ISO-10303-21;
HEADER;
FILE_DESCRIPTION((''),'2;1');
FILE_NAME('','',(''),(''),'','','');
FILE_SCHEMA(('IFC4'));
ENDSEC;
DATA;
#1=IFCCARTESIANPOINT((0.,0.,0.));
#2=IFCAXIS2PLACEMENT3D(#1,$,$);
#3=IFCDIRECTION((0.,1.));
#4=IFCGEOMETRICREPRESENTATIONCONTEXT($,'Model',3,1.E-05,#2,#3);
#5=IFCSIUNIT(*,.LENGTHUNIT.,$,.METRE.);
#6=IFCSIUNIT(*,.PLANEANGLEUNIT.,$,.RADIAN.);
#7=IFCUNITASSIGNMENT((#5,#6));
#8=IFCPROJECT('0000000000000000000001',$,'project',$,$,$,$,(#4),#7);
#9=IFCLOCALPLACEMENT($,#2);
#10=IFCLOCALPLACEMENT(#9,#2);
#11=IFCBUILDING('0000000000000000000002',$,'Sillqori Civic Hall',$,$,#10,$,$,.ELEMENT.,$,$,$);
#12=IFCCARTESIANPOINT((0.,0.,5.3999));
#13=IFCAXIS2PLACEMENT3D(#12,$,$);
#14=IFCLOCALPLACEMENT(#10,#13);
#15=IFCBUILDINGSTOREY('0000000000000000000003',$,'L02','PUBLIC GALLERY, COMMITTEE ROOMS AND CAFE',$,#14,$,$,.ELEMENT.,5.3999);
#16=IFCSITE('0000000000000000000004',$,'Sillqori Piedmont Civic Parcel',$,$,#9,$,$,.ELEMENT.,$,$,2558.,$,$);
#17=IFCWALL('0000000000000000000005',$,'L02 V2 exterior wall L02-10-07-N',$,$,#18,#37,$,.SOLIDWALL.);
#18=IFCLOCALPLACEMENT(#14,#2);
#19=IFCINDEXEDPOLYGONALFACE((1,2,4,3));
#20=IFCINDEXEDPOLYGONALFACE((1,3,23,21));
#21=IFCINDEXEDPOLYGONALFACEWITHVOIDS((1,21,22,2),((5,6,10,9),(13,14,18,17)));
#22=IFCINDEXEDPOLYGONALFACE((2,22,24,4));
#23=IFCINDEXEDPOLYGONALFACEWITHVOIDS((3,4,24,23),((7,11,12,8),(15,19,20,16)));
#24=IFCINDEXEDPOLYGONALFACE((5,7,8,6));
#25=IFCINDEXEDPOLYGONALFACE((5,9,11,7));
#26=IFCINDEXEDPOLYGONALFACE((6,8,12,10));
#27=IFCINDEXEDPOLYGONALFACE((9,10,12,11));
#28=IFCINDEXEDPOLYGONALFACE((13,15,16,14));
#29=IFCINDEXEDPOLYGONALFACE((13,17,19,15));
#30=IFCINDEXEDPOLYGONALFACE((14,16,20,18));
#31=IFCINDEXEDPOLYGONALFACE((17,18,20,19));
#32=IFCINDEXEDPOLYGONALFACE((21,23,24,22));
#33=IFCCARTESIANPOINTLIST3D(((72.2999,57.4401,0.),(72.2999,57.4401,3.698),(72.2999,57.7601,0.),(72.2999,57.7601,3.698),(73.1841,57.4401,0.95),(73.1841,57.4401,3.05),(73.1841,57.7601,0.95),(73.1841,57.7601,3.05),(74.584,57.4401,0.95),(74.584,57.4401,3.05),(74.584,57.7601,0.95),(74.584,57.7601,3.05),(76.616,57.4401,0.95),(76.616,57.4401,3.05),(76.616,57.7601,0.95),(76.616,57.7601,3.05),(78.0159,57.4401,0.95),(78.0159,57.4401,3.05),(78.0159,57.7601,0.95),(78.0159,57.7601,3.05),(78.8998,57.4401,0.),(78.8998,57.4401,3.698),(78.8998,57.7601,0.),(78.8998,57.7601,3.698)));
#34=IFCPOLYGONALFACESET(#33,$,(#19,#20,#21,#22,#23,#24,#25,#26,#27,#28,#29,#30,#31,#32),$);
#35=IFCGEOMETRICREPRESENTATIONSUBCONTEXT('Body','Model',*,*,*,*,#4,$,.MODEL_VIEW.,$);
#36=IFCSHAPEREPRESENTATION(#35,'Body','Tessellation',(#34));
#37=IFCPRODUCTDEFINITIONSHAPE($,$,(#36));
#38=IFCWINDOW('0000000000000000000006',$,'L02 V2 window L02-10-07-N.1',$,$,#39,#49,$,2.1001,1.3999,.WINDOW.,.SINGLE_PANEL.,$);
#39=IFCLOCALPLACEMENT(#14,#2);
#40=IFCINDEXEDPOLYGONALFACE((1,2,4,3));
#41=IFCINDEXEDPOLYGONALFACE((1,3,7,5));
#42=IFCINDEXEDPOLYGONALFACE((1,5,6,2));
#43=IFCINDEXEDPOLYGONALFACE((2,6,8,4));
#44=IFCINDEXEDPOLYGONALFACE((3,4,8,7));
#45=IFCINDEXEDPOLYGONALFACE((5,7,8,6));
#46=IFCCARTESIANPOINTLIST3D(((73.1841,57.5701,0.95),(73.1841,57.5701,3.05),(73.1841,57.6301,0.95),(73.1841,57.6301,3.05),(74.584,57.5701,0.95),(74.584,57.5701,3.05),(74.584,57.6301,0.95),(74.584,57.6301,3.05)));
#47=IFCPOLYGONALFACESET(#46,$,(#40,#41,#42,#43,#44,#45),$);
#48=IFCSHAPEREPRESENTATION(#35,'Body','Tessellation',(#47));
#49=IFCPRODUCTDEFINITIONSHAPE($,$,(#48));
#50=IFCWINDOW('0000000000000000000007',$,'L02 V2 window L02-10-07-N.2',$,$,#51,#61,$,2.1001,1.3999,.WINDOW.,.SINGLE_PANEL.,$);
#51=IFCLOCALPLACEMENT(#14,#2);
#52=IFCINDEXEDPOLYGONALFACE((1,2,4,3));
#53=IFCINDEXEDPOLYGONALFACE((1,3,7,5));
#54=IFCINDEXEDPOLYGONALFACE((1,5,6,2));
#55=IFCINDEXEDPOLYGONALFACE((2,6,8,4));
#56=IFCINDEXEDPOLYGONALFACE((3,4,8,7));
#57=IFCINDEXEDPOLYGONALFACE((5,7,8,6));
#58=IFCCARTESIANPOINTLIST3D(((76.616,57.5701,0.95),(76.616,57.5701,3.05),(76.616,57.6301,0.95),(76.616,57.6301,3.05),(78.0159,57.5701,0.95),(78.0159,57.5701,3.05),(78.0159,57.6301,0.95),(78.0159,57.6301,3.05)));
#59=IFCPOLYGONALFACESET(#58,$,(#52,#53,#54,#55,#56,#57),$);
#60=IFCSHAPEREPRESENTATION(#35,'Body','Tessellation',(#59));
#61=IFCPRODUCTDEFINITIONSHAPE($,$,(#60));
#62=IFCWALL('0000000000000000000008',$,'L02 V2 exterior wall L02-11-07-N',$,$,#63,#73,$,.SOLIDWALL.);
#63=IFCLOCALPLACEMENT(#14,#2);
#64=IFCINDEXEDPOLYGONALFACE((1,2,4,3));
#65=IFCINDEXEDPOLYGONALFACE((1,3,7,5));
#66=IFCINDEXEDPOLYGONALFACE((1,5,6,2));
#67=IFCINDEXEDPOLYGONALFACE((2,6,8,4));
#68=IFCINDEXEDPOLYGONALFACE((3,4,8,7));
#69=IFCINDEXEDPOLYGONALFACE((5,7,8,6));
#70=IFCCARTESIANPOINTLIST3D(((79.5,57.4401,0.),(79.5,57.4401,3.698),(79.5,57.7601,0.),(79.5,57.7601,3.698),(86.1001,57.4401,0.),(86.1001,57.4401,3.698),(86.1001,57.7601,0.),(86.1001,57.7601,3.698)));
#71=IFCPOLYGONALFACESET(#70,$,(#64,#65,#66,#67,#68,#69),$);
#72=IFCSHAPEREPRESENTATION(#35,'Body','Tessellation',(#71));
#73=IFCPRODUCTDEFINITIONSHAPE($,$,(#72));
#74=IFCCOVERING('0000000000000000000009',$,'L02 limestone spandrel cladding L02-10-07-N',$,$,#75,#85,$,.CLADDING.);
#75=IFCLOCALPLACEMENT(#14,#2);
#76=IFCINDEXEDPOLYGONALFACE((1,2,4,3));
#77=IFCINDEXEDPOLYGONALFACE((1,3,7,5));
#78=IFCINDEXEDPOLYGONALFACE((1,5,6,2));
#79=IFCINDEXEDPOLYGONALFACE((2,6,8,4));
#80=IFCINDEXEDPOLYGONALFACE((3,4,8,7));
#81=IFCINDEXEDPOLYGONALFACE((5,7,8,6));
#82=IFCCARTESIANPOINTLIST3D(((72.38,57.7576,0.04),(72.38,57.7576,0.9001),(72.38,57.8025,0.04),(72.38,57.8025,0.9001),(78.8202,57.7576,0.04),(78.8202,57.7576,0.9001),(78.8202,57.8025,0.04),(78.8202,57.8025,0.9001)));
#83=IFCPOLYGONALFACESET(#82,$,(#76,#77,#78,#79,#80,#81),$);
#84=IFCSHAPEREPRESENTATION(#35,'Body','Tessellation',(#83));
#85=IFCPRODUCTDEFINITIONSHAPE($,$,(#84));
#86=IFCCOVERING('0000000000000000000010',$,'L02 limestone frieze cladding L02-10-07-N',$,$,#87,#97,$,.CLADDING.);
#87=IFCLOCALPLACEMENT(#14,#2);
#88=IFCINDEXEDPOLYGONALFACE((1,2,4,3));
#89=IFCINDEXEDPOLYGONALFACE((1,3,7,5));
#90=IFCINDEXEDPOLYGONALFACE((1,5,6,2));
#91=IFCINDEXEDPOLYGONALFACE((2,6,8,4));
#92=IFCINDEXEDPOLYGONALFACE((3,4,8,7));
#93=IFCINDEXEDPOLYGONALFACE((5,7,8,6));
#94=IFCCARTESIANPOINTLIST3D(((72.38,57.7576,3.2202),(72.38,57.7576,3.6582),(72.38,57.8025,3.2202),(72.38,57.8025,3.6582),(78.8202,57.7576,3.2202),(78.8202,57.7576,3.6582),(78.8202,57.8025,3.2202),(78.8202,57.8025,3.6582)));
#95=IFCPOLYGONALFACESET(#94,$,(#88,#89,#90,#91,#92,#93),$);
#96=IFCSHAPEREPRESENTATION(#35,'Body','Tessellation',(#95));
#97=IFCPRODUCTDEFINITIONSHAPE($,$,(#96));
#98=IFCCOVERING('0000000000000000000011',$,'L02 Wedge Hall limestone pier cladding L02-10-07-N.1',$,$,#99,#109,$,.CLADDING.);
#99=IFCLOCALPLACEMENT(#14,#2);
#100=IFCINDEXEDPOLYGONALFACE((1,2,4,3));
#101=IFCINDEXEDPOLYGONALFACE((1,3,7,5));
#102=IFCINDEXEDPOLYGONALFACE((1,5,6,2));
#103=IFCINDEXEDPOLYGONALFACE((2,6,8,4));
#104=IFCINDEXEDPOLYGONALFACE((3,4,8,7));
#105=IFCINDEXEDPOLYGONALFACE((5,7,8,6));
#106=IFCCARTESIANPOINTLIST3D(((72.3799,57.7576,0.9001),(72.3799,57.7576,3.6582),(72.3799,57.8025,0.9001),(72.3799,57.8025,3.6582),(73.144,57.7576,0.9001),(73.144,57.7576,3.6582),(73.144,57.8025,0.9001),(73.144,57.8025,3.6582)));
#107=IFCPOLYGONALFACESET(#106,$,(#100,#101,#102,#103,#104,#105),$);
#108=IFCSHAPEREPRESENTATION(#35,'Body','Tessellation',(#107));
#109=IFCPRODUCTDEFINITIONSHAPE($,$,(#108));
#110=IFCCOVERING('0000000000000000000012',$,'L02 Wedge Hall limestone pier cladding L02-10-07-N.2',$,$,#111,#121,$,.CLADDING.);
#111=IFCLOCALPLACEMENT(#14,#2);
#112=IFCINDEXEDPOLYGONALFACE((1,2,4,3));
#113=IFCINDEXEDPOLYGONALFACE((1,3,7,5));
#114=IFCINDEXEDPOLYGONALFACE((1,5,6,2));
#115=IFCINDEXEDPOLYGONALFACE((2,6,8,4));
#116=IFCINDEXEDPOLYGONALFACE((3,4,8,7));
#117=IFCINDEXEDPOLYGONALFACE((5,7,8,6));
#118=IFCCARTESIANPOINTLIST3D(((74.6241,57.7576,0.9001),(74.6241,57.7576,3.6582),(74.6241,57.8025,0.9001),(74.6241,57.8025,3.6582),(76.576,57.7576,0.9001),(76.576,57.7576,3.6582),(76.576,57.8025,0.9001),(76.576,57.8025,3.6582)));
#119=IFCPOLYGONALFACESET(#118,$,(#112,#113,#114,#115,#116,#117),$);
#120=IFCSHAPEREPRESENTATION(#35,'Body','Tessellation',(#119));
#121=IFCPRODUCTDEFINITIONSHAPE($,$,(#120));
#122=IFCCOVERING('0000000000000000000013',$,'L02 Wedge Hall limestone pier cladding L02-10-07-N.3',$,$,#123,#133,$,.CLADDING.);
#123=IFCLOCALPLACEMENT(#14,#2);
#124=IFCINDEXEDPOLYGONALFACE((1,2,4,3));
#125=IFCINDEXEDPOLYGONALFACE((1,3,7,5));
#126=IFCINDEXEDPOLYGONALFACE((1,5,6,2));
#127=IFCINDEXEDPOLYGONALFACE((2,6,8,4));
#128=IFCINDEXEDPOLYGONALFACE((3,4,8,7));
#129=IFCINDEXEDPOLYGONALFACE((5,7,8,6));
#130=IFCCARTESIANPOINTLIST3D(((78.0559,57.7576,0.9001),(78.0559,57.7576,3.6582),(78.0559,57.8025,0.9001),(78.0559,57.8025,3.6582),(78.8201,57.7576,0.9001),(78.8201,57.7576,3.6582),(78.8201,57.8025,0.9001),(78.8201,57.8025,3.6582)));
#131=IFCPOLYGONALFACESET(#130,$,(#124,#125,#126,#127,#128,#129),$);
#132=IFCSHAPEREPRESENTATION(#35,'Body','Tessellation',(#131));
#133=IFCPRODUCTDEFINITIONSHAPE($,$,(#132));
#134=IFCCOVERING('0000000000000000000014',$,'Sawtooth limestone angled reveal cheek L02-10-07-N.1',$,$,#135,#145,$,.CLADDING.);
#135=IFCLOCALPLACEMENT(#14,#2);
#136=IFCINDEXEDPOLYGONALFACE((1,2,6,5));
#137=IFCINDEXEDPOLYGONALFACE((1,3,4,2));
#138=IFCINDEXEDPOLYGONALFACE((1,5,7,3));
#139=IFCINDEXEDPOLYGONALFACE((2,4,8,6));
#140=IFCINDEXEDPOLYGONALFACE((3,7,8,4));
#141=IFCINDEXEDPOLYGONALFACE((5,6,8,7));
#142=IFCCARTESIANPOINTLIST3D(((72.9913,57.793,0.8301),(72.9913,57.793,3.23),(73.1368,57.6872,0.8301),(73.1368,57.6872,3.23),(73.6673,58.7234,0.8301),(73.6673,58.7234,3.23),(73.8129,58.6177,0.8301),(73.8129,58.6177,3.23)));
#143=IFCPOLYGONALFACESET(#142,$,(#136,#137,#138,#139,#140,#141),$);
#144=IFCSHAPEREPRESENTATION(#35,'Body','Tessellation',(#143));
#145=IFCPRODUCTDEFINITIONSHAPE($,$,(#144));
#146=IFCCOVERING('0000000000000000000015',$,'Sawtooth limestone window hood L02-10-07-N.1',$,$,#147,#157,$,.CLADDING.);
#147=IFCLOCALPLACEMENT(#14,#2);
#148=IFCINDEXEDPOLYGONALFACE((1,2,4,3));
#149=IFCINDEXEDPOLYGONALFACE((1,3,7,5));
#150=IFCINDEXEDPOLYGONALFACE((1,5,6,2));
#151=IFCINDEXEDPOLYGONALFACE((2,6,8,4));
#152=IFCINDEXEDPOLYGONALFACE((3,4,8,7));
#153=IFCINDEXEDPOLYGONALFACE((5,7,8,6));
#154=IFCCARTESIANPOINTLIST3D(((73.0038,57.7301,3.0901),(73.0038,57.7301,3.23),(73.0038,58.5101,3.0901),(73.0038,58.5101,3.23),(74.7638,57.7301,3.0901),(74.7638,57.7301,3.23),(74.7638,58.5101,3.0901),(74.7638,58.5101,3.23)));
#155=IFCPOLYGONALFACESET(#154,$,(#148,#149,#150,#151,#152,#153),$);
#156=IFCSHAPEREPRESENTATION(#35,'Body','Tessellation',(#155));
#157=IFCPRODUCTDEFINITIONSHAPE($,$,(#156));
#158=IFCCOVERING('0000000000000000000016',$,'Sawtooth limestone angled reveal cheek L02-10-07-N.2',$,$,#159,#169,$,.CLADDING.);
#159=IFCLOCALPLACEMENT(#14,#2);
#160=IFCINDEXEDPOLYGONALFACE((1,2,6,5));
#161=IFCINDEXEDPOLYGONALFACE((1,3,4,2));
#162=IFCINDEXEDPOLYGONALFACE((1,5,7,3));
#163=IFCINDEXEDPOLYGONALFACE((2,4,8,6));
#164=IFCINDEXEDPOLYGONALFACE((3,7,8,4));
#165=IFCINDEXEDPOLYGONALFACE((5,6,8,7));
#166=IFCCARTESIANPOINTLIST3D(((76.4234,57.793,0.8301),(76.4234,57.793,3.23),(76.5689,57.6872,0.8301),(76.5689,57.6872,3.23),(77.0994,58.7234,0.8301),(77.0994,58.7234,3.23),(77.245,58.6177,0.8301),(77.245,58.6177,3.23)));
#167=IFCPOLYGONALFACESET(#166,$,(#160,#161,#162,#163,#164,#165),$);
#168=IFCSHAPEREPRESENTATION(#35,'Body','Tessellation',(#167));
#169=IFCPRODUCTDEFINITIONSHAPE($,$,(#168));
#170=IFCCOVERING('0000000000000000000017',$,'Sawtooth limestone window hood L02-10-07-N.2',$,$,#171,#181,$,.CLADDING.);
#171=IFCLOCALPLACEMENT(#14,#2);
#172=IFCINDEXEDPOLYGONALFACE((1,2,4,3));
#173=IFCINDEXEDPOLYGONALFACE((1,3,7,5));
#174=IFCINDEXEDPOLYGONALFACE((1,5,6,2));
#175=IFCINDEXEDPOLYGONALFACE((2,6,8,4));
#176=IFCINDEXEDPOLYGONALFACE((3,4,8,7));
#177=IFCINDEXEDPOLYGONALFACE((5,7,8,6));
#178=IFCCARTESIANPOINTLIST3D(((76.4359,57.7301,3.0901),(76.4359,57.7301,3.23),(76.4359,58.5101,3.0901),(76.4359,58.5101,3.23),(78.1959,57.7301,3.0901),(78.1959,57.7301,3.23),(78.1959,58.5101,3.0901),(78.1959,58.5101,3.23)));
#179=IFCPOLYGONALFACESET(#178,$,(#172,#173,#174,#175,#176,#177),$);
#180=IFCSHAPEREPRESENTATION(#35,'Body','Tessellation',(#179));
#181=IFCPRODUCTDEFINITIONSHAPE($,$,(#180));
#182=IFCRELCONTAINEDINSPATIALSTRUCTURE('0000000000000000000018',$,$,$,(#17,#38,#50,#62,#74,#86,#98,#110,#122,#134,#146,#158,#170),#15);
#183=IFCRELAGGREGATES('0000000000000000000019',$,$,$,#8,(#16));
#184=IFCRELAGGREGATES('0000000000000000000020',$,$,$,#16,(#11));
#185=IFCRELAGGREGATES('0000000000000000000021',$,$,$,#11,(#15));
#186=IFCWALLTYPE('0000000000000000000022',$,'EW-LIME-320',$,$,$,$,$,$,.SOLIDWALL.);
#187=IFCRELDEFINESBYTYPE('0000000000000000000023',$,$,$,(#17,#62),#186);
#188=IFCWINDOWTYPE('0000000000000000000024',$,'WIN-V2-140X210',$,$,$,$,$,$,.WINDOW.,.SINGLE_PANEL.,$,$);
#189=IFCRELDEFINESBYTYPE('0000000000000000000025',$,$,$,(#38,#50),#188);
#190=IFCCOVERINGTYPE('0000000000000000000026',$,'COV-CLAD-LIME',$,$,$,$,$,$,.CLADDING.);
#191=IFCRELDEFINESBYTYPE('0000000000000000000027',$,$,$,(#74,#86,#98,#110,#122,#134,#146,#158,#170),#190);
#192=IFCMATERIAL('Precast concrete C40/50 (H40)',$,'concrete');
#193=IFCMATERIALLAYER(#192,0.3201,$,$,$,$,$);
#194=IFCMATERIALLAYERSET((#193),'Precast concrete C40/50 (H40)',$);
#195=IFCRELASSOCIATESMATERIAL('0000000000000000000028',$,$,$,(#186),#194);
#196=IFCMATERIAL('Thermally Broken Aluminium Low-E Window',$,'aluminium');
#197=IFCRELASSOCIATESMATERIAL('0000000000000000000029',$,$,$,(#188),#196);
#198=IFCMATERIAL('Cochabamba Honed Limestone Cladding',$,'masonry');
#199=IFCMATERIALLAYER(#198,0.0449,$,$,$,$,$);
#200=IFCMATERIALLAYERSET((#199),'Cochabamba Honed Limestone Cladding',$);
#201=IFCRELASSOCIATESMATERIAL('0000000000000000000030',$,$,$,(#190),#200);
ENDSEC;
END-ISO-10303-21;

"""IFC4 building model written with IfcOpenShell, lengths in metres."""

from ifc_helpers import new_model, si_unit, direction, frame, frame_2d, origin, place, context, subcontext, project, spatial, rectangle, extrude, material, layer, layer_set, type_object, element, fill, save


model = new_model("IFC4")

# Units and contexts
model_context = context("Model", 3, precision=1e-05, world=origin(), true_north=direction((0.0, 1.0)))
body_context = subcontext(model_context, "Body", "Model", "MODEL_VIEW")
ifc_project = project(units=[si_unit("LENGTHUNIT", "METRE"), si_unit("PLANEANGLEUNIT", "RADIAN")], contexts=[model_context])

# Site, building, storey
site_placement = place(None, origin())
site = spatial("IfcSite", under=ifc_project, at=site_placement, Name="Sillqori Piedmont Civic Parcel", CompositionType="ELEMENT", RefElevation=2558.0)
building_placement = place(site_placement, origin())
building = spatial("IfcBuilding", under=site, at=building_placement, Name="Sillqori Civic Hall", CompositionType="ELEMENT")
storey_placement = place(building_placement, frame((0.0, 0.0, 5.3999)))
storey = spatial("IfcBuildingStorey", under=building, at=storey_placement, Name="L02", Description="PUBLIC GALLERY, COMMITTEE ROOMS AND CAFE", CompositionType="ELEMENT", Elevation=5.3999)

# Shared definitions
ifc_material_1 = material(Name="Precast concrete C40/50 (H40)", Category="concrete")

# Wall, openings, windows
ifc_layer_1 = layer(ifc_material_1, 0.3201)
ifc_layer_set_1 = layer_set([ifc_layer_1], Name="Precast concrete C40/50 (H40)")
wall_type_1 = type_object("IfcWallType", Name="EW-LIME-320", PredefinedType="SOLIDWALL", material=ifc_layer_set_1)
wall_1_placement = place(storey_placement, frame((72.3, 57.6001, 0.0), z_axis=(0.0, 0.0, 1.0), x_axis=(1.0, 0.0, 0.0)))
wall_1 = element("IfcWall", 1, at=wall_1_placement, inside=storey, type_object=wall_type_1, Name="L02 V2 exterior wall L02-10-07-N", PredefinedType="SOLIDWALL", context=body_context, shape_type="SweptSolid", body=[
    extrude(rectangle(XDim=6.5999, YDim=0.3201, at=frame_2d((3.2998, 0.0))), origin(), (0.0, 0.0, 1.0), 3.698),
])
opening_1_placement = place(wall_1_placement, frame((0.884, 0.0, 0.95)))
opening_1 = element("IfcOpeningElement", 2, at=opening_1_placement, cuts=wall_1, PredefinedType="OPENING", context=body_context, shape_type="SweptSolid", body=[
    extrude(rectangle(XDim=1.3999, YDim=2.1001, at=frame_2d((0.7, 1.05))), frame((0.0, 0.1699, 0.0), z_axis=(0.0, -1.0, 0.0), x_axis=(1.0, 0.0, 0.0)), (0.0, 0.0, 1.0), 0.3401),
])
opening_2_placement = place(wall_1_placement, frame((4.3159, 0.0, 0.95)))
opening_2 = element("IfcOpeningElement", 3, at=opening_2_placement, cuts=wall_1, PredefinedType="OPENING", context=body_context, shape_type="SweptSolid", body=[
    extrude(rectangle(XDim=1.3999, YDim=2.1001, at=frame_2d((0.7, 1.05))), frame((0.0, 0.1699, 0.0), z_axis=(0.0, -1.0, 0.0), x_axis=(1.0, 0.0, 0.0)), (0.0, 0.0, 1.0), 0.3401),
])
ifc_material_2 = material(Name="Thermally Broken Aluminium Low-E Window", Category="aluminium")
window_type = type_object("IfcWindowType", Name="WIN-V2-140X210", PartitioningType="SINGLE_PANEL", PredefinedType="WINDOW", material=ifc_material_2)
window_1_placement = place(opening_1_placement, origin())
window_1 = element("IfcWindow", 4, at=window_1_placement, inside=storey, type_object=window_type, Name="L02 V2 window L02-10-07-N.1", OverallHeight=2.1001, OverallWidth=1.3999, PartitioningType="SINGLE_PANEL", PredefinedType="WINDOW", context=body_context, shape_type="SweptSolid", body=[
    extrude(rectangle(XDim=1.3999, YDim=2.1001, at=frame_2d((0.7, 1.05))), frame((0.0, 0.03, 0.0), z_axis=(0.0, -1.0, 0.0), x_axis=(1.0, 0.0, 0.0)), (0.0, 0.0, 1.0), 0.0601),
])
fill(opening_1, window_1)
window_2_placement = place(opening_2_placement, origin())
window_2 = element("IfcWindow", 5, at=window_2_placement, inside=storey, type_object=window_type, Name="L02 V2 window L02-10-07-N.2", OverallHeight=2.1001, OverallWidth=1.3999, PartitioningType="SINGLE_PANEL", PredefinedType="WINDOW", context=body_context, shape_type="SweptSolid", body=[
    extrude(rectangle(XDim=1.3999, YDim=2.1001, at=frame_2d((0.7, 1.05))), frame((0.0, 0.03, 0.0), z_axis=(0.0, -1.0, 0.0), x_axis=(1.0, 0.0, 0.0)), (0.0, 0.0, 1.0), 0.0601),
])
fill(opening_2, window_2)

# Wall
wall_2_placement = place(storey_placement, frame((79.5, 57.6001, 0.0), z_axis=(0.0, 0.0, 1.0), x_axis=(1.0, 0.0, 0.0)))
element("IfcWall", 6, at=wall_2_placement, inside=storey, type_object=wall_type_1, Name="L02 V2 exterior wall L02-11-07-N", PredefinedType="SOLIDWALL", context=body_context, shape_type="SweptSolid", body=[
    extrude(rectangle(XDim=6.6001, YDim=0.3201, at=frame_2d((3.3, 0.0))), origin(), (0.0, 0.0, 1.0), 3.698),
])

# Coverings
ifc_material_3 = material(Name="Cochabamba Honed Limestone Cladding", Category="masonry")
ifc_layer_2 = layer(ifc_material_3, 0.0449)
ifc_layer_set_2 = layer_set([ifc_layer_2], Name="Cochabamba Honed Limestone Cladding")
covering_type = type_object("IfcCoveringType", Name="COV-CLAD-LIME", PredefinedType="CLADDING", material=ifc_layer_set_2)
covering_1_placement = place(storey_placement, frame((72.3799, 57.78, 0.04), z_axis=(0.0, 0.0, 1.0), x_axis=(1.0, 0.0, 0.0)))
element("IfcCovering", 7, at=covering_1_placement, inside=storey, type_object=covering_type, Name="L02 limestone spandrel cladding L02-10-07-N", PredefinedType="CLADDING", context=body_context, shape_type="SweptSolid", body=[
    extrude(rectangle(XDim=6.4402, YDim=0.0449, at=frame_2d((3.2202, 0.0))), origin(), (0.0, 0.0, 1.0), 0.8601),
])
covering_2_placement = place(storey_placement, frame((72.3799, 57.78, 3.2202), z_axis=(0.0, 0.0, 1.0), x_axis=(1.0, 0.0, 0.0)))
element("IfcCovering", 8, at=covering_2_placement, inside=storey, type_object=covering_type, Name="L02 limestone frieze cladding L02-10-07-N", PredefinedType="CLADDING", context=body_context, shape_type="SweptSolid", body=[
    extrude(rectangle(XDim=6.4402, YDim=0.0449, at=frame_2d((3.2202, 0.0))), origin(), (0.0, 0.0, 1.0), 0.438),
])
covering_3_placement = place(storey_placement, frame((72.3799, 57.78, 0.9001), z_axis=(0.0, 0.0, 1.0), x_axis=(1.0, 0.0, 0.0)))
element("IfcCovering", 9, at=covering_3_placement, inside=storey, type_object=covering_type, Name="L02 Wedge Hall limestone pier cladding L02-10-07-N.1", PredefinedType="CLADDING", context=body_context, shape_type="SweptSolid", body=[
    extrude(rectangle(XDim=0.7642, YDim=0.0449, at=frame_2d((0.3821, 0.0))), origin(), (0.0, 0.0, 1.0), 2.7581),
])
covering_4_placement = place(storey_placement, frame((74.624, 57.78, 0.9001), z_axis=(0.0, 0.0, 1.0), x_axis=(1.0, 0.0, 0.0)))
element("IfcCovering", 10, at=covering_4_placement, inside=storey, type_object=covering_type, Name="L02 Wedge Hall limestone pier cladding L02-10-07-N.2", PredefinedType="CLADDING", context=body_context, shape_type="SweptSolid", body=[
    extrude(rectangle(XDim=1.9519, YDim=0.0449, at=frame_2d((0.9761, 0.0))), origin(), (0.0, 0.0, 1.0), 2.7581),
])
covering_5_placement = place(storey_placement, frame((78.0559, 57.78, 0.9001), z_axis=(0.0, 0.0, 1.0), x_axis=(1.0, 0.0, 0.0)))
element("IfcCovering", 11, at=covering_5_placement, inside=storey, type_object=covering_type, Name="L02 Wedge Hall limestone pier cladding L02-10-07-N.3", PredefinedType="CLADDING", context=body_context, shape_type="SweptSolid", body=[
    extrude(rectangle(XDim=0.7642, YDim=0.0449, at=frame_2d((0.3821, 0.0))), origin(), (0.0, 0.0, 1.0), 2.7581),
])
covering_6_placement = place(storey_placement, frame((73.064, 57.74, 0.8301), z_axis=(0.0, 0.0, 1.0), x_axis=(0.587806, 0.809002, 0.0)))
element("IfcCovering", 12, at=covering_6_placement, inside=storey, type_object=covering_type, Name="Sawtooth limestone angled reveal cheek L02-10-07-N.1", PredefinedType="CLADDING", context=body_context, shape_type="SweptSolid", body=[
    extrude(rectangle(XDim=1.1501, YDim=0.1799, at=frame_2d((0.5752, 0.0))), origin(), (0.0, 0.0, 1.0), 2.3999),
])
covering_7_placement = place(storey_placement, frame((73.0039, 58.1201, 3.0901), z_axis=(0.0, 0.0, 1.0), x_axis=(1.0, 0.0, 0.0)))
element("IfcCovering", 13, at=covering_7_placement, inside=storey, type_object=covering_type, Name="Sawtooth limestone window hood L02-10-07-N.1", PredefinedType="CLADDING", context=body_context, shape_type="SweptSolid", body=[
    extrude(rectangle(XDim=1.76, YDim=0.78, at=frame_2d((0.8799, 0.0))), origin(), (0.0, 0.0, 1.0), 0.1399),
])
covering_8_placement = place(storey_placement, frame((76.4961, 57.74, 0.8301), z_axis=(0.0, 0.0, 1.0), x_axis=(0.587806, 0.809002, 0.0)))
element("IfcCovering", 14, at=covering_8_placement, inside=storey, type_object=covering_type, Name="Sawtooth limestone angled reveal cheek L02-10-07-N.2", PredefinedType="CLADDING", context=body_context, shape_type="SweptSolid", body=[
    extrude(rectangle(XDim=1.1501, YDim=0.1799, at=frame_2d((0.5752, 0.0))), origin(), (0.0, 0.0, 1.0), 2.3999),
])
covering_9_placement = place(storey_placement, frame((76.436, 58.1201, 3.0901), z_axis=(0.0, 0.0, 1.0), x_axis=(1.0, 0.0, 0.0)))
element("IfcCovering", 15, at=covering_9_placement, inside=storey, type_object=covering_type, Name="Sawtooth limestone window hood L02-10-07-N.2", PredefinedType="CLADDING", context=body_context, shape_type="SweptSolid", body=[
    extrude(rectangle(XDim=1.76, YDim=0.78, at=frame_2d((0.8799, 0.0))), origin(), (0.0, 0.0, 1.0), 0.1399),
])

save(model, "model.ifc")
